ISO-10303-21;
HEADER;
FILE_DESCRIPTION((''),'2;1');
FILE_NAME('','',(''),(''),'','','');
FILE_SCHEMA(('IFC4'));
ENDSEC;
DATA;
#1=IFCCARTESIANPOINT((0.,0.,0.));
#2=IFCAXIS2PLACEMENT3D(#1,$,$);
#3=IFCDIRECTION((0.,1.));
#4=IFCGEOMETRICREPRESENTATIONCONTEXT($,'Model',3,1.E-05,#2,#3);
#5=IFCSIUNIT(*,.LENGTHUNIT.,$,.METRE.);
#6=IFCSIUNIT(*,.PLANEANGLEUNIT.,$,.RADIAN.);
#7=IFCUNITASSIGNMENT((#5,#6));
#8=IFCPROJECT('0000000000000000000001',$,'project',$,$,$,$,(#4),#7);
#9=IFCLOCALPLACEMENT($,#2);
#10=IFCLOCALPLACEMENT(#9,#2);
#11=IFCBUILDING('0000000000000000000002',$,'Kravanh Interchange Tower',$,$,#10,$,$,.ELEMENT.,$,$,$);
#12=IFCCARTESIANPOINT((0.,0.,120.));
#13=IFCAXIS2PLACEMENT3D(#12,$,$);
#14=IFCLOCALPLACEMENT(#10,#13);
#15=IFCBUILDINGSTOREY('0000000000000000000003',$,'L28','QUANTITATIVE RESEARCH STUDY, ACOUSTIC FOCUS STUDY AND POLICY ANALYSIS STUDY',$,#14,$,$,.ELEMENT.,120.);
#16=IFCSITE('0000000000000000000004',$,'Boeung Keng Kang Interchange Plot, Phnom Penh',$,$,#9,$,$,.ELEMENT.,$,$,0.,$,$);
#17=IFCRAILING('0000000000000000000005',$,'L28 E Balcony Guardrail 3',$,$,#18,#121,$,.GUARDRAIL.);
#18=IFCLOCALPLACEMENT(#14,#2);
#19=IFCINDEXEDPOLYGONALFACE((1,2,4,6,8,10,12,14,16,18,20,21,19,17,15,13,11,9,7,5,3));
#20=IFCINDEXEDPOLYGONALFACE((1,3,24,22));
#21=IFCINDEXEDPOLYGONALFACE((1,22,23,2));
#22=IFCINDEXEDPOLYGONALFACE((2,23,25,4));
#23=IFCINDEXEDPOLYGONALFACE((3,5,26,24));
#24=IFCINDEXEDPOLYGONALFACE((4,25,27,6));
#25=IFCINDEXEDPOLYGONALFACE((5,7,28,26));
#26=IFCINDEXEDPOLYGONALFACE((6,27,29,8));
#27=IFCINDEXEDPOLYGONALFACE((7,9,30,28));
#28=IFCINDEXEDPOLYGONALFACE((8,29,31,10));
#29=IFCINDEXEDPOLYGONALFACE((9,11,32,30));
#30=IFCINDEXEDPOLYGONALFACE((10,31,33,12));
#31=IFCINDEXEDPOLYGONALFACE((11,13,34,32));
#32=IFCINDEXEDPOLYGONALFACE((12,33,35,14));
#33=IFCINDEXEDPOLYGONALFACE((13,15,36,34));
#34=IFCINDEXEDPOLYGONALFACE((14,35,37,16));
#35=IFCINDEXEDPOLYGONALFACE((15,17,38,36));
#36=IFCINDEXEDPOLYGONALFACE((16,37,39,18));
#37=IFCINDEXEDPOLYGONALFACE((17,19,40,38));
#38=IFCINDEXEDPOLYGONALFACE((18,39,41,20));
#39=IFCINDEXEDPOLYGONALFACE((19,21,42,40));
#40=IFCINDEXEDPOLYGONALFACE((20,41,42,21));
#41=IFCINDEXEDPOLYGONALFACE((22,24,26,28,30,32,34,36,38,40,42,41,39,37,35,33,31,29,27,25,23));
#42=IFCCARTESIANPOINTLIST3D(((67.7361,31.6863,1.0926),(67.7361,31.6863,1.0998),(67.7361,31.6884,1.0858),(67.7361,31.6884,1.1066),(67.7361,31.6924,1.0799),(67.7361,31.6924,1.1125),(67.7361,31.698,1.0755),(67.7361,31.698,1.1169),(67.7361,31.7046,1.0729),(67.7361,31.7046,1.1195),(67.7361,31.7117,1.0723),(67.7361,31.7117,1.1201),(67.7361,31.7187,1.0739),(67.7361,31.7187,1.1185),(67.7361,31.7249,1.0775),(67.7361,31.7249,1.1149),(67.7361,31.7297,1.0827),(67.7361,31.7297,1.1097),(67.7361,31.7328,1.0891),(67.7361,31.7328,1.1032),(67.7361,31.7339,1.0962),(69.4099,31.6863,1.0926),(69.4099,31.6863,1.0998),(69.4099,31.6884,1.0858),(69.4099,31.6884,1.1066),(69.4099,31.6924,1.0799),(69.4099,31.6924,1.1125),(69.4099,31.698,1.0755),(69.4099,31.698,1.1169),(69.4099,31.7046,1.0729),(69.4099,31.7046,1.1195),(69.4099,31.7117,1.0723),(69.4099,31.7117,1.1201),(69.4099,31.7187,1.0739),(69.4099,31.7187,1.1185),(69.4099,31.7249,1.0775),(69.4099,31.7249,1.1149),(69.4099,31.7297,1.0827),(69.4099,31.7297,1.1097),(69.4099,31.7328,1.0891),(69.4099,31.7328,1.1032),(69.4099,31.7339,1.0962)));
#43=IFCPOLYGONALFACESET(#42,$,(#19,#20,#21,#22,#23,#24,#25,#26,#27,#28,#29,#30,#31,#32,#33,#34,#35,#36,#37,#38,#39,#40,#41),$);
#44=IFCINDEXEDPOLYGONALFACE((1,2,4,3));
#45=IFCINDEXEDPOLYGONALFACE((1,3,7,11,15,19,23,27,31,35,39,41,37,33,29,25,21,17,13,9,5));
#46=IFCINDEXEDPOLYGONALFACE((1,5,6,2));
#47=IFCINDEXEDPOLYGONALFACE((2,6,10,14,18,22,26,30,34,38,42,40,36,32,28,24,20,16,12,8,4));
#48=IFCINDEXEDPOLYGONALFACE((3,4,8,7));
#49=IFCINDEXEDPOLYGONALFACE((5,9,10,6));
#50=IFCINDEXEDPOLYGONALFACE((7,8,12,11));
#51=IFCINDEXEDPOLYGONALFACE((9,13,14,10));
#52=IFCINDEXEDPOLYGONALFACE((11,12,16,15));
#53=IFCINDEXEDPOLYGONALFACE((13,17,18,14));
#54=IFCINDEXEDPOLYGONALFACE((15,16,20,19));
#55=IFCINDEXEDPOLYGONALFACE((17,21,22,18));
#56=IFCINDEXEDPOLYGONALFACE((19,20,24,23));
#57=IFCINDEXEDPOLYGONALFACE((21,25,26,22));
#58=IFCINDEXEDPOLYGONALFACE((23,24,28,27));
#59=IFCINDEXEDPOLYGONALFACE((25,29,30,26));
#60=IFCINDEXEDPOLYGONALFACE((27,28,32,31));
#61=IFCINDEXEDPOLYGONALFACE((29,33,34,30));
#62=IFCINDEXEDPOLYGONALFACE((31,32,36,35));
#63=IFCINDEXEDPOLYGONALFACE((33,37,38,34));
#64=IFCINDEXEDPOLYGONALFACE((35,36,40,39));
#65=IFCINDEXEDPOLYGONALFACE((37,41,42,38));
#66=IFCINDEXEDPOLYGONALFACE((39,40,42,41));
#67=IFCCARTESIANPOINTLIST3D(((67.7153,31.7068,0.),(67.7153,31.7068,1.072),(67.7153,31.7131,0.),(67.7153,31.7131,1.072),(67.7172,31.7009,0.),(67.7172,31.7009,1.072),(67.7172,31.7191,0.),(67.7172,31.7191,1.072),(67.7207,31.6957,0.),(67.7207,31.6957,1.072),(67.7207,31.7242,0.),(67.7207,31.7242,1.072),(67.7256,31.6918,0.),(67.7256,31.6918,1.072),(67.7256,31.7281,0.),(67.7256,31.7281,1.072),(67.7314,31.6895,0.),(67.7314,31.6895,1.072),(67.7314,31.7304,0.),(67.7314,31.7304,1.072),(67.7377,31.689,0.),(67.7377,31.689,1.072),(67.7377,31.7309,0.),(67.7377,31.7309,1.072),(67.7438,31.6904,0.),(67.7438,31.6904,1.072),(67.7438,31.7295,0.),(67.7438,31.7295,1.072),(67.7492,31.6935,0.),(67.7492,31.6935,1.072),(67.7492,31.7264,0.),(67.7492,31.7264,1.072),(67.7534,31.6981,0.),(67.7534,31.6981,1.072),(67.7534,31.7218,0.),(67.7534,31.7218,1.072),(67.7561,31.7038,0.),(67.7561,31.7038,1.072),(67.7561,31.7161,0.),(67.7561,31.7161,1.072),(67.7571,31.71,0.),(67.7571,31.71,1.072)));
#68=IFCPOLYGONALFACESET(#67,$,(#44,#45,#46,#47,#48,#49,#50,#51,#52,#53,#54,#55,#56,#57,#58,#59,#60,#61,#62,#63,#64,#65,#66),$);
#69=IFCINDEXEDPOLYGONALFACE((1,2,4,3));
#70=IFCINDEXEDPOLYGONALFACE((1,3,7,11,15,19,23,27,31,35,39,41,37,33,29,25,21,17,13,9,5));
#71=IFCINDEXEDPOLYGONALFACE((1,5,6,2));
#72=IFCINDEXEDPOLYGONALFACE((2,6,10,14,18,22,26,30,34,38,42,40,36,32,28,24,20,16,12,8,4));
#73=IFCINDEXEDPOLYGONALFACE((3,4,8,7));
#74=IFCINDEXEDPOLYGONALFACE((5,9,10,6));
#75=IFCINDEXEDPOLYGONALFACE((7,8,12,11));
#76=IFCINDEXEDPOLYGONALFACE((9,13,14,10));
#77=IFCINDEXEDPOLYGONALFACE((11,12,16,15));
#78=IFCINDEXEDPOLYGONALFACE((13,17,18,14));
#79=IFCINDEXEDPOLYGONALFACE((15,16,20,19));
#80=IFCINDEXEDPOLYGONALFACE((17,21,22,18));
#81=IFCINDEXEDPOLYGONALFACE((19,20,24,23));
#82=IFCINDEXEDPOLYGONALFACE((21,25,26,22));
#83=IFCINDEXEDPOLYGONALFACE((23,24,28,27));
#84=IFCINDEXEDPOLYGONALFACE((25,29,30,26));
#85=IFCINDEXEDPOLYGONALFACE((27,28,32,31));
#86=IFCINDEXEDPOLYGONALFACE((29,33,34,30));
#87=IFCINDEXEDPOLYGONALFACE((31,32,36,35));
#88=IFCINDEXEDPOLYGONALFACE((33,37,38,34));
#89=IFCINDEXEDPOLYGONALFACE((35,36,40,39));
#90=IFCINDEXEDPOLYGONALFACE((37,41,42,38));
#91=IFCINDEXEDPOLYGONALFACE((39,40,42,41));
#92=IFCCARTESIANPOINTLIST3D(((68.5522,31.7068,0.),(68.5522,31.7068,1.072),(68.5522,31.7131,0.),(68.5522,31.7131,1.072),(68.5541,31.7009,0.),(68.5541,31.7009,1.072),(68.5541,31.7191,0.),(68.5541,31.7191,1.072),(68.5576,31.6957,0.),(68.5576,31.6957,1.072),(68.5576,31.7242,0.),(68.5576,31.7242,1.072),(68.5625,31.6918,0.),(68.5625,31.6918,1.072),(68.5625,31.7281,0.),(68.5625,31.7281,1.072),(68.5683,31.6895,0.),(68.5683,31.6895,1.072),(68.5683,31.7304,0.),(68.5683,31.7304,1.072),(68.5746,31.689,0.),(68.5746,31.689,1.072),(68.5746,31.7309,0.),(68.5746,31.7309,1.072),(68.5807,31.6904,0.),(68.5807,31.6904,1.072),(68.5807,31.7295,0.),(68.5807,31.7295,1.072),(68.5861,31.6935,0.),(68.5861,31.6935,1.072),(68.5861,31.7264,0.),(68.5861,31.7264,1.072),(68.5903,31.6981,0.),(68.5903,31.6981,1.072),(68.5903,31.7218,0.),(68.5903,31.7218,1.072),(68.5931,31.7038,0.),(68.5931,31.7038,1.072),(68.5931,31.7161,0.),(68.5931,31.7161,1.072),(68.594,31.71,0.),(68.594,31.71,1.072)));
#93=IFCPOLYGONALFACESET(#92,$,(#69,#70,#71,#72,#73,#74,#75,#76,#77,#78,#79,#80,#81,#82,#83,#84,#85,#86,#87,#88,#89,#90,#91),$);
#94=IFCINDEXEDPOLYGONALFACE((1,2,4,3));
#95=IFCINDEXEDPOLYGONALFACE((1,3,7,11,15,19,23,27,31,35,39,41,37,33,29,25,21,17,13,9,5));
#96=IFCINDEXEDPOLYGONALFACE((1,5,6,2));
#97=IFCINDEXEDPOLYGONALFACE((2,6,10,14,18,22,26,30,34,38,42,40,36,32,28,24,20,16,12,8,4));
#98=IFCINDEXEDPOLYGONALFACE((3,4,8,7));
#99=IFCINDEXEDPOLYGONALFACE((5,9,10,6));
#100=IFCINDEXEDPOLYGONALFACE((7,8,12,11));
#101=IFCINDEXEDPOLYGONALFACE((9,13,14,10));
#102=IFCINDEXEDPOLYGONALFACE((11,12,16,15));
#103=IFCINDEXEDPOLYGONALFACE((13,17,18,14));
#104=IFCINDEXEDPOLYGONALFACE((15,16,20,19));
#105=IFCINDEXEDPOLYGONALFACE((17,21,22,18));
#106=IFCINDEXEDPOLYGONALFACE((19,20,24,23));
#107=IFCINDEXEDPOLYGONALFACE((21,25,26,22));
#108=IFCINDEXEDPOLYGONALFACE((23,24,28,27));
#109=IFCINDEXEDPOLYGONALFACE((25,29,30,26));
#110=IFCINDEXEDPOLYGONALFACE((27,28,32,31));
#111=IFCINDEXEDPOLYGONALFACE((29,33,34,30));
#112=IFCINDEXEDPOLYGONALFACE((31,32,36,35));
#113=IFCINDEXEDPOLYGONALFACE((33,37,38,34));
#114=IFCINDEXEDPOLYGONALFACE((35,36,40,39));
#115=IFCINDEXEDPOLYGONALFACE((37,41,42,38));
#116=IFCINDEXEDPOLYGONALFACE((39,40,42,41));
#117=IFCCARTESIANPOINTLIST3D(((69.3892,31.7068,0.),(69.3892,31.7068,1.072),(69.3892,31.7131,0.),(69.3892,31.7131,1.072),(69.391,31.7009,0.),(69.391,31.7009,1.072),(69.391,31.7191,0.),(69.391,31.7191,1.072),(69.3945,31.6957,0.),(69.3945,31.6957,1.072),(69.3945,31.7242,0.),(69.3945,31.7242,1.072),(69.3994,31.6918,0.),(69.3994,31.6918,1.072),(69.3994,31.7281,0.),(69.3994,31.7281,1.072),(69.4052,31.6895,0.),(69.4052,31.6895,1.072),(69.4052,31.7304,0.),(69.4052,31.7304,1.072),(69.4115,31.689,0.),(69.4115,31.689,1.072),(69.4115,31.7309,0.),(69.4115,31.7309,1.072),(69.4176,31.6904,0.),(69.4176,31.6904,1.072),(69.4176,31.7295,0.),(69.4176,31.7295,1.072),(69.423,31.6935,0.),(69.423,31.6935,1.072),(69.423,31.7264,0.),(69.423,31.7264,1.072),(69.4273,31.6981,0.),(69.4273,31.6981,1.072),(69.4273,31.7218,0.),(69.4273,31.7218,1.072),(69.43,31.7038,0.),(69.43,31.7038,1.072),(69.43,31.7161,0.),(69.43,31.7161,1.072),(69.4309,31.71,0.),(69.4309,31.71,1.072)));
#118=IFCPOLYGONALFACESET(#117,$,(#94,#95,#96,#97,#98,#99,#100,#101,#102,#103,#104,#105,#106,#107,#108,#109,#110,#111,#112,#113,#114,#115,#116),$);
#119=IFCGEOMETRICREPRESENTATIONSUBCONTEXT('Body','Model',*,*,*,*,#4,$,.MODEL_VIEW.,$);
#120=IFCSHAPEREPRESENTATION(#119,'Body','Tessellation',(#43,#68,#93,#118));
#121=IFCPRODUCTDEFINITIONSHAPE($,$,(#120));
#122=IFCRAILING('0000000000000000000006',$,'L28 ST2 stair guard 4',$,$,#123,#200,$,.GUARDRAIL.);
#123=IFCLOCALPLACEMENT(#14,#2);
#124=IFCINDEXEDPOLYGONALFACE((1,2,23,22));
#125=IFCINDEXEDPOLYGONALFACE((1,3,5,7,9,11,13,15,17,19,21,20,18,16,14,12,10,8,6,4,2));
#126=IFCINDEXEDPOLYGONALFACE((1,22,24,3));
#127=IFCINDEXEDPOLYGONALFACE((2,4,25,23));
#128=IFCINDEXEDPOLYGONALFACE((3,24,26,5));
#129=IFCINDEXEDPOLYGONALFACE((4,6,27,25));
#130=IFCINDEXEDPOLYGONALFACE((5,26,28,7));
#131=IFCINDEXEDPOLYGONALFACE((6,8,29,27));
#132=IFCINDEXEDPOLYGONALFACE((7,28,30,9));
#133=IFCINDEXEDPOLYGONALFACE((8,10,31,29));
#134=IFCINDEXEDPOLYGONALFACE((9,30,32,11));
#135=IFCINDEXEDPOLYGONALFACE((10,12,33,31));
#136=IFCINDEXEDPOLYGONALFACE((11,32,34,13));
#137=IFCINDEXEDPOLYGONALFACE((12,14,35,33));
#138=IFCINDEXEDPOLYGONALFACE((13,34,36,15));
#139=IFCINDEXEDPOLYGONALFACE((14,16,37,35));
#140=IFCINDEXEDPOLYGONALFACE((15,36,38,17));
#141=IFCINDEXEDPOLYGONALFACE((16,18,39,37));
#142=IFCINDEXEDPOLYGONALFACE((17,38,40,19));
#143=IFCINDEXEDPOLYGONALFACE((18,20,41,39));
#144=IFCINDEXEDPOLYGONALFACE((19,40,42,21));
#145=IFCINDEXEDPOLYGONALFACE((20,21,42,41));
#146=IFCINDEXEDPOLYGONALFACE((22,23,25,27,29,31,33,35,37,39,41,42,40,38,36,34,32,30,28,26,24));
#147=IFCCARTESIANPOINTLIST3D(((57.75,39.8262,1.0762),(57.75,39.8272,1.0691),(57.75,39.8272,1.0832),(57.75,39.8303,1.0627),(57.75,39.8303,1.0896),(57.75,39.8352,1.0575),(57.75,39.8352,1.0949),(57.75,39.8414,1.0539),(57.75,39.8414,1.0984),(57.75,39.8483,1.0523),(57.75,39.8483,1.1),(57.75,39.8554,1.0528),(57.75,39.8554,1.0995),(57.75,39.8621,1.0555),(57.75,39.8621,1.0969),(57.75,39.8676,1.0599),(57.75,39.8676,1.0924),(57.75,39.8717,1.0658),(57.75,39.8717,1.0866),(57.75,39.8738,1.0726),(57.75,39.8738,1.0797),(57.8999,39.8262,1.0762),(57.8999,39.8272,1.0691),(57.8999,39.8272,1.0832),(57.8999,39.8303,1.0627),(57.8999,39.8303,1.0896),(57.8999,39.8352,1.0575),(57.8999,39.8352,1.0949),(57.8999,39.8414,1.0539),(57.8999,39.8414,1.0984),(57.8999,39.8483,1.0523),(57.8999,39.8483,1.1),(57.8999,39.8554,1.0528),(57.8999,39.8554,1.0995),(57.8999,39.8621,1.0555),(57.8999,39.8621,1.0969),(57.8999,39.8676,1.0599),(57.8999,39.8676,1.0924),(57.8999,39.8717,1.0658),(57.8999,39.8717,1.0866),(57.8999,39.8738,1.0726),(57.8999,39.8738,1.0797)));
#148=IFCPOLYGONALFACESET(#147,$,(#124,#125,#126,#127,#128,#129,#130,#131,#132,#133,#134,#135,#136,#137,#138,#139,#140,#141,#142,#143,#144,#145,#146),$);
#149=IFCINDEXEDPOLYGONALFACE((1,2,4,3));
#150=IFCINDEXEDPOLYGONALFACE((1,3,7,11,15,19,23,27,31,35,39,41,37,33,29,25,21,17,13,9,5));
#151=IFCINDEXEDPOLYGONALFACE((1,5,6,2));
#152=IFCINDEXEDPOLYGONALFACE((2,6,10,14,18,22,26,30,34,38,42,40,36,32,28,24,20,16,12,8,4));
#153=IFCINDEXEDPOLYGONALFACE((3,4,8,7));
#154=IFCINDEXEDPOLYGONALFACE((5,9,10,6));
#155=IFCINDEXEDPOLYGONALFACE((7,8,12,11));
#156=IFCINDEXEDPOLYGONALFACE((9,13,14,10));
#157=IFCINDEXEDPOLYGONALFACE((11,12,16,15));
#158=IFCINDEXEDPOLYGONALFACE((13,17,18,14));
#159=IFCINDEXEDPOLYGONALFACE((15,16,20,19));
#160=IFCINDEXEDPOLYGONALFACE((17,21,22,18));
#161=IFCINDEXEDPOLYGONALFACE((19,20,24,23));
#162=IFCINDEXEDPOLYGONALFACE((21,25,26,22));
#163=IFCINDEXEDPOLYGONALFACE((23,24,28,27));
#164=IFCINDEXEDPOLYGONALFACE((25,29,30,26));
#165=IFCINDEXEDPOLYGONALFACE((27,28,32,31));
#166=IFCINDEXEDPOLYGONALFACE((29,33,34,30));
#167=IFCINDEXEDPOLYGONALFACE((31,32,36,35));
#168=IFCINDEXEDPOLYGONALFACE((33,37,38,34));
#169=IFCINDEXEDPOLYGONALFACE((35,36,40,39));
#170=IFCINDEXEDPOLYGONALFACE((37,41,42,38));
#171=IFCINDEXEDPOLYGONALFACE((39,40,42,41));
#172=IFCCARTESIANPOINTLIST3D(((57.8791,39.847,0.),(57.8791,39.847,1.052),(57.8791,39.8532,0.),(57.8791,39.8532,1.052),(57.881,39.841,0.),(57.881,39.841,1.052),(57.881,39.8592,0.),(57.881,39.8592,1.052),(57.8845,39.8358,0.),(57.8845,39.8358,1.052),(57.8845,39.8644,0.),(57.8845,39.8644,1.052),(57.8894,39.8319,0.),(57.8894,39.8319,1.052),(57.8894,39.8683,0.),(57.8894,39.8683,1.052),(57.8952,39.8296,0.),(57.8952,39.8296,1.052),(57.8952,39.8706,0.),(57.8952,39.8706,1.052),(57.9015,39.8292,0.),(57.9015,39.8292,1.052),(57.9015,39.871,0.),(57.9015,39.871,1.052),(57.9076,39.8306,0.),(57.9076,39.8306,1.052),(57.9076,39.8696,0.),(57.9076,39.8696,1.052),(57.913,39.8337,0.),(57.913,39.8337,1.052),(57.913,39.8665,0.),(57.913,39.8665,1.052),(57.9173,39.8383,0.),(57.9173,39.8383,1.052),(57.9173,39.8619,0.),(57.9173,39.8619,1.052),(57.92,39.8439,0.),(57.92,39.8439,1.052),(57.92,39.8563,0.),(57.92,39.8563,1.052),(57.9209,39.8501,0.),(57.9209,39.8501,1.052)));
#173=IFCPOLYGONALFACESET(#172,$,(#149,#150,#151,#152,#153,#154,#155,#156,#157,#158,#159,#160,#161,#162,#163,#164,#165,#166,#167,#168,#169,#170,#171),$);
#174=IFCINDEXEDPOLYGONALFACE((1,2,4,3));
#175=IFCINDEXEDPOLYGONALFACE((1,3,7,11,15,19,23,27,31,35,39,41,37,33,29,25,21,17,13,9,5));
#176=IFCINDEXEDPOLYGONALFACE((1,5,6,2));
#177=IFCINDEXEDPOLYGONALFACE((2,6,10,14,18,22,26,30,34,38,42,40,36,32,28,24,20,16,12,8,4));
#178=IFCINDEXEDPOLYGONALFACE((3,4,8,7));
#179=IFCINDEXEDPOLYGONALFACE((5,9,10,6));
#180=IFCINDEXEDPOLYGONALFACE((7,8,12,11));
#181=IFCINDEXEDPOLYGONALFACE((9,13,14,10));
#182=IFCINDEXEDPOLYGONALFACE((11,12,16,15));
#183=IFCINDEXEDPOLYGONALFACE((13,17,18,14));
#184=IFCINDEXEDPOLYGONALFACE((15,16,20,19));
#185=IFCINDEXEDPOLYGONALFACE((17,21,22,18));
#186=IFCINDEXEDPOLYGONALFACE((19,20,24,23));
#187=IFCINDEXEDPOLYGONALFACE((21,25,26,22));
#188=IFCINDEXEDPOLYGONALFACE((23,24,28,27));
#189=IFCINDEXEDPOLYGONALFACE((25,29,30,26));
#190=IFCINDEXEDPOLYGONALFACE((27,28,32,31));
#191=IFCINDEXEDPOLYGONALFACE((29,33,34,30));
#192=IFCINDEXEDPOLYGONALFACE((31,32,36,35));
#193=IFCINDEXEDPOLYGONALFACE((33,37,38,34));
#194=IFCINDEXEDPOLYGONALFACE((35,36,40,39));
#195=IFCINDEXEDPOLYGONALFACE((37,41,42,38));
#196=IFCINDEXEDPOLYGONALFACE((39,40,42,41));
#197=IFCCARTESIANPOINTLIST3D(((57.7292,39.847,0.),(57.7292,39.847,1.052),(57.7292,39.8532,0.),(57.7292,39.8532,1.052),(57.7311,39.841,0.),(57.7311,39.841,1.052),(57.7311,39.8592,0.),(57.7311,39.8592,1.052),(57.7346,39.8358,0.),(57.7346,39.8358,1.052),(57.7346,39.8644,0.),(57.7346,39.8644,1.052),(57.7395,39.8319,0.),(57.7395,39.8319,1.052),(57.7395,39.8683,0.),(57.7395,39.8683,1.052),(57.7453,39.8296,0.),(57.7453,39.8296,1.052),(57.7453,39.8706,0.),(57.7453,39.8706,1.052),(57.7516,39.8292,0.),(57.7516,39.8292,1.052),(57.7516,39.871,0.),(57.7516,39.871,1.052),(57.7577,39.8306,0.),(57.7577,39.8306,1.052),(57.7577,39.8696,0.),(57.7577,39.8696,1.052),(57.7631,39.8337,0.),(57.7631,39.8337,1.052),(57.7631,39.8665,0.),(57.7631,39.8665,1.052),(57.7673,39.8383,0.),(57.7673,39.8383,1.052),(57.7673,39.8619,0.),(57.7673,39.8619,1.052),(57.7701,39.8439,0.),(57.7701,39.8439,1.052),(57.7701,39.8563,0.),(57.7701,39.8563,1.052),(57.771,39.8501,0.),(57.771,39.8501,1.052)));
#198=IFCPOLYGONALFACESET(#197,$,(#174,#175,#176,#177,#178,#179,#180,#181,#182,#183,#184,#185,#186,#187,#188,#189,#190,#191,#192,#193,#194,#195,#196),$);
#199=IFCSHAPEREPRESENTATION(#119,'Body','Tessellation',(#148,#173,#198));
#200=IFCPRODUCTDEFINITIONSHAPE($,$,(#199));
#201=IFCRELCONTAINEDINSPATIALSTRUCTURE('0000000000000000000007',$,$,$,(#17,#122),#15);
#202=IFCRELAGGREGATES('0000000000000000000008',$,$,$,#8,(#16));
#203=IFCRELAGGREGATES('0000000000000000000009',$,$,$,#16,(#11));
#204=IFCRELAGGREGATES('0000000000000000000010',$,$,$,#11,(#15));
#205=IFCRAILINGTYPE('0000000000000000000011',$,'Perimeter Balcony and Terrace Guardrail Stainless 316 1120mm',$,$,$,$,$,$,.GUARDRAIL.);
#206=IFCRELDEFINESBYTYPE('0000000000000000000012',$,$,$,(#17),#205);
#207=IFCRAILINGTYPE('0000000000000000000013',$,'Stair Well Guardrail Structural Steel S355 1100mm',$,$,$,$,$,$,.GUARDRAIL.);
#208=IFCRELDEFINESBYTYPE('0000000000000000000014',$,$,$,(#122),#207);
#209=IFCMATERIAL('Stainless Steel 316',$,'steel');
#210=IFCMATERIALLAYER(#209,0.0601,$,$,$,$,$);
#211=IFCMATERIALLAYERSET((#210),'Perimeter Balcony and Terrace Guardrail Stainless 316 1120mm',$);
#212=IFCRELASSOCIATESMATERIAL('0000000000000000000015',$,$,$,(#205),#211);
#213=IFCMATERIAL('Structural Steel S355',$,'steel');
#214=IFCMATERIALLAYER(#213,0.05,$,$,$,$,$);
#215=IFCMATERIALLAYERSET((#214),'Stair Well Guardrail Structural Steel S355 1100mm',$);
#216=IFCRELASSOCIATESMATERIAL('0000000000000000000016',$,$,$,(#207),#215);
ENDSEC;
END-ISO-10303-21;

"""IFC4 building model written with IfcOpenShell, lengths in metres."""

from ifc_helpers import new_model, si_unit, direction, frame, origin, origin_2d, place, context, subcontext, project, spatial, circle, extrude, material, layer, layer_set, type_object, element, save


model = new_model("IFC4")

# Units and contexts
model_context = context("Model", 3, precision=1e-05, world=origin(), true_north=direction((0.0, 1.0)))
body_context = subcontext(model_context, "Body", "Model", "MODEL_VIEW")
ifc_project = project(units=[si_unit("LENGTHUNIT", "METRE"), si_unit("PLANEANGLEUNIT", "RADIAN")], contexts=[model_context])

# Site, building, storey
site_placement = place(None, origin())
site = spatial("IfcSite", under=ifc_project, at=site_placement, Name="Boeung Keng Kang Interchange Plot, Phnom Penh", CompositionType="ELEMENT", RefElevation=0.0)
building_placement = place(site_placement, origin())
building = spatial("IfcBuilding", under=site, at=building_placement, Name="Kravanh Interchange Tower", CompositionType="ELEMENT")
storey_placement = place(building_placement, frame((0.0, 0.0, 120.0)))
storey = spatial("IfcBuildingStorey", under=building, at=storey_placement, Name="L28", Description="QUANTITATIVE RESEARCH STUDY, ACOUSTIC FOCUS STUDY AND POLICY ANALYSIS STUDY", CompositionType="ELEMENT", Elevation=120.0)

# Railings
ifc_material_1 = material(Name="Stainless Steel 316", Category="steel")
ifc_layer_1 = layer(ifc_material_1, 0.0601)
ifc_layer_set_1 = layer_set([ifc_layer_1], Name="Perimeter Balcony and Terrace Guardrail Stainless 316 1120mm")
railing_type_1 = type_object("IfcRailingType", Name="Perimeter Balcony and Terrace Guardrail Stainless 316 1120mm", PredefinedType="GUARDRAIL", material=ifc_layer_set_1)
railing_1_placement = place(storey_placement, frame((67.7361, 31.71, 0.0)))
element("IfcRailing", 1, at=railing_1_placement, inside=storey, type_object=railing_type_1, Name="L28 E Balcony Guardrail 3", PredefinedType="GUARDRAIL", context=body_context, shape_type="SweptSolid", body=[
    extrude(circle(Radius=0.0239, at=origin_2d()), frame((0.0, 0.0, 1.0962), z_axis=(1.0, 0.0, 0.0), x_axis=(0.0, 1.0, 0.0)), (0.0, 0.0, 1.0), 1.6738),
    extrude(circle(Radius=0.021, at=origin_2d()), origin(), (0.0, 0.0, 1.0), 1.072),
    extrude(circle(Radius=0.021, at=origin_2d()), frame((0.8369, 0.0, 0.0)), (0.0, 0.0, 1.0), 1.072),
    extrude(circle(Radius=0.021, at=origin_2d()), frame((1.6738, 0.0, 0.0)), (0.0, 0.0, 1.0), 1.072),
])
ifc_material_2 = material(Name="Structural Steel S355", Category="steel")
ifc_layer_2 = layer(ifc_material_2, 0.05)
ifc_layer_set_2 = layer_set([ifc_layer_2], Name="Stair Well Guardrail Structural Steel S355 1100mm")
railing_type_2 = type_object("IfcRailingType", Name="Stair Well Guardrail Structural Steel S355 1100mm", PredefinedType="GUARDRAIL", material=ifc_layer_set_2)
railing_2_placement = place(storey_placement, frame((57.8999, 39.8501, 0.0)))
element("IfcRailing", 2, at=railing_2_placement, inside=storey, type_object=railing_type_2, Name="L28 ST2 stair guard 4", PredefinedType="GUARDRAIL", context=body_context, shape_type="SweptSolid", body=[
    extrude(circle(Radius=0.0239, at=origin_2d()), frame((0.0, 0.0, 1.0762), z_axis=(-1.0, 0.0, 0.0), x_axis=(0.0, -1.0, 0.0)), (0.0, 0.0, 1.0), 0.1499),
    extrude(circle(Radius=0.021, at=origin_2d()), origin(), (0.0, 0.0, 1.0), 1.052),
    extrude(circle(Radius=0.021, at=origin_2d()), frame((-0.1499, 0.0, 0.0)), (0.0, 0.0, 1.0), 1.052),
])

save(model, "model.ifc")
